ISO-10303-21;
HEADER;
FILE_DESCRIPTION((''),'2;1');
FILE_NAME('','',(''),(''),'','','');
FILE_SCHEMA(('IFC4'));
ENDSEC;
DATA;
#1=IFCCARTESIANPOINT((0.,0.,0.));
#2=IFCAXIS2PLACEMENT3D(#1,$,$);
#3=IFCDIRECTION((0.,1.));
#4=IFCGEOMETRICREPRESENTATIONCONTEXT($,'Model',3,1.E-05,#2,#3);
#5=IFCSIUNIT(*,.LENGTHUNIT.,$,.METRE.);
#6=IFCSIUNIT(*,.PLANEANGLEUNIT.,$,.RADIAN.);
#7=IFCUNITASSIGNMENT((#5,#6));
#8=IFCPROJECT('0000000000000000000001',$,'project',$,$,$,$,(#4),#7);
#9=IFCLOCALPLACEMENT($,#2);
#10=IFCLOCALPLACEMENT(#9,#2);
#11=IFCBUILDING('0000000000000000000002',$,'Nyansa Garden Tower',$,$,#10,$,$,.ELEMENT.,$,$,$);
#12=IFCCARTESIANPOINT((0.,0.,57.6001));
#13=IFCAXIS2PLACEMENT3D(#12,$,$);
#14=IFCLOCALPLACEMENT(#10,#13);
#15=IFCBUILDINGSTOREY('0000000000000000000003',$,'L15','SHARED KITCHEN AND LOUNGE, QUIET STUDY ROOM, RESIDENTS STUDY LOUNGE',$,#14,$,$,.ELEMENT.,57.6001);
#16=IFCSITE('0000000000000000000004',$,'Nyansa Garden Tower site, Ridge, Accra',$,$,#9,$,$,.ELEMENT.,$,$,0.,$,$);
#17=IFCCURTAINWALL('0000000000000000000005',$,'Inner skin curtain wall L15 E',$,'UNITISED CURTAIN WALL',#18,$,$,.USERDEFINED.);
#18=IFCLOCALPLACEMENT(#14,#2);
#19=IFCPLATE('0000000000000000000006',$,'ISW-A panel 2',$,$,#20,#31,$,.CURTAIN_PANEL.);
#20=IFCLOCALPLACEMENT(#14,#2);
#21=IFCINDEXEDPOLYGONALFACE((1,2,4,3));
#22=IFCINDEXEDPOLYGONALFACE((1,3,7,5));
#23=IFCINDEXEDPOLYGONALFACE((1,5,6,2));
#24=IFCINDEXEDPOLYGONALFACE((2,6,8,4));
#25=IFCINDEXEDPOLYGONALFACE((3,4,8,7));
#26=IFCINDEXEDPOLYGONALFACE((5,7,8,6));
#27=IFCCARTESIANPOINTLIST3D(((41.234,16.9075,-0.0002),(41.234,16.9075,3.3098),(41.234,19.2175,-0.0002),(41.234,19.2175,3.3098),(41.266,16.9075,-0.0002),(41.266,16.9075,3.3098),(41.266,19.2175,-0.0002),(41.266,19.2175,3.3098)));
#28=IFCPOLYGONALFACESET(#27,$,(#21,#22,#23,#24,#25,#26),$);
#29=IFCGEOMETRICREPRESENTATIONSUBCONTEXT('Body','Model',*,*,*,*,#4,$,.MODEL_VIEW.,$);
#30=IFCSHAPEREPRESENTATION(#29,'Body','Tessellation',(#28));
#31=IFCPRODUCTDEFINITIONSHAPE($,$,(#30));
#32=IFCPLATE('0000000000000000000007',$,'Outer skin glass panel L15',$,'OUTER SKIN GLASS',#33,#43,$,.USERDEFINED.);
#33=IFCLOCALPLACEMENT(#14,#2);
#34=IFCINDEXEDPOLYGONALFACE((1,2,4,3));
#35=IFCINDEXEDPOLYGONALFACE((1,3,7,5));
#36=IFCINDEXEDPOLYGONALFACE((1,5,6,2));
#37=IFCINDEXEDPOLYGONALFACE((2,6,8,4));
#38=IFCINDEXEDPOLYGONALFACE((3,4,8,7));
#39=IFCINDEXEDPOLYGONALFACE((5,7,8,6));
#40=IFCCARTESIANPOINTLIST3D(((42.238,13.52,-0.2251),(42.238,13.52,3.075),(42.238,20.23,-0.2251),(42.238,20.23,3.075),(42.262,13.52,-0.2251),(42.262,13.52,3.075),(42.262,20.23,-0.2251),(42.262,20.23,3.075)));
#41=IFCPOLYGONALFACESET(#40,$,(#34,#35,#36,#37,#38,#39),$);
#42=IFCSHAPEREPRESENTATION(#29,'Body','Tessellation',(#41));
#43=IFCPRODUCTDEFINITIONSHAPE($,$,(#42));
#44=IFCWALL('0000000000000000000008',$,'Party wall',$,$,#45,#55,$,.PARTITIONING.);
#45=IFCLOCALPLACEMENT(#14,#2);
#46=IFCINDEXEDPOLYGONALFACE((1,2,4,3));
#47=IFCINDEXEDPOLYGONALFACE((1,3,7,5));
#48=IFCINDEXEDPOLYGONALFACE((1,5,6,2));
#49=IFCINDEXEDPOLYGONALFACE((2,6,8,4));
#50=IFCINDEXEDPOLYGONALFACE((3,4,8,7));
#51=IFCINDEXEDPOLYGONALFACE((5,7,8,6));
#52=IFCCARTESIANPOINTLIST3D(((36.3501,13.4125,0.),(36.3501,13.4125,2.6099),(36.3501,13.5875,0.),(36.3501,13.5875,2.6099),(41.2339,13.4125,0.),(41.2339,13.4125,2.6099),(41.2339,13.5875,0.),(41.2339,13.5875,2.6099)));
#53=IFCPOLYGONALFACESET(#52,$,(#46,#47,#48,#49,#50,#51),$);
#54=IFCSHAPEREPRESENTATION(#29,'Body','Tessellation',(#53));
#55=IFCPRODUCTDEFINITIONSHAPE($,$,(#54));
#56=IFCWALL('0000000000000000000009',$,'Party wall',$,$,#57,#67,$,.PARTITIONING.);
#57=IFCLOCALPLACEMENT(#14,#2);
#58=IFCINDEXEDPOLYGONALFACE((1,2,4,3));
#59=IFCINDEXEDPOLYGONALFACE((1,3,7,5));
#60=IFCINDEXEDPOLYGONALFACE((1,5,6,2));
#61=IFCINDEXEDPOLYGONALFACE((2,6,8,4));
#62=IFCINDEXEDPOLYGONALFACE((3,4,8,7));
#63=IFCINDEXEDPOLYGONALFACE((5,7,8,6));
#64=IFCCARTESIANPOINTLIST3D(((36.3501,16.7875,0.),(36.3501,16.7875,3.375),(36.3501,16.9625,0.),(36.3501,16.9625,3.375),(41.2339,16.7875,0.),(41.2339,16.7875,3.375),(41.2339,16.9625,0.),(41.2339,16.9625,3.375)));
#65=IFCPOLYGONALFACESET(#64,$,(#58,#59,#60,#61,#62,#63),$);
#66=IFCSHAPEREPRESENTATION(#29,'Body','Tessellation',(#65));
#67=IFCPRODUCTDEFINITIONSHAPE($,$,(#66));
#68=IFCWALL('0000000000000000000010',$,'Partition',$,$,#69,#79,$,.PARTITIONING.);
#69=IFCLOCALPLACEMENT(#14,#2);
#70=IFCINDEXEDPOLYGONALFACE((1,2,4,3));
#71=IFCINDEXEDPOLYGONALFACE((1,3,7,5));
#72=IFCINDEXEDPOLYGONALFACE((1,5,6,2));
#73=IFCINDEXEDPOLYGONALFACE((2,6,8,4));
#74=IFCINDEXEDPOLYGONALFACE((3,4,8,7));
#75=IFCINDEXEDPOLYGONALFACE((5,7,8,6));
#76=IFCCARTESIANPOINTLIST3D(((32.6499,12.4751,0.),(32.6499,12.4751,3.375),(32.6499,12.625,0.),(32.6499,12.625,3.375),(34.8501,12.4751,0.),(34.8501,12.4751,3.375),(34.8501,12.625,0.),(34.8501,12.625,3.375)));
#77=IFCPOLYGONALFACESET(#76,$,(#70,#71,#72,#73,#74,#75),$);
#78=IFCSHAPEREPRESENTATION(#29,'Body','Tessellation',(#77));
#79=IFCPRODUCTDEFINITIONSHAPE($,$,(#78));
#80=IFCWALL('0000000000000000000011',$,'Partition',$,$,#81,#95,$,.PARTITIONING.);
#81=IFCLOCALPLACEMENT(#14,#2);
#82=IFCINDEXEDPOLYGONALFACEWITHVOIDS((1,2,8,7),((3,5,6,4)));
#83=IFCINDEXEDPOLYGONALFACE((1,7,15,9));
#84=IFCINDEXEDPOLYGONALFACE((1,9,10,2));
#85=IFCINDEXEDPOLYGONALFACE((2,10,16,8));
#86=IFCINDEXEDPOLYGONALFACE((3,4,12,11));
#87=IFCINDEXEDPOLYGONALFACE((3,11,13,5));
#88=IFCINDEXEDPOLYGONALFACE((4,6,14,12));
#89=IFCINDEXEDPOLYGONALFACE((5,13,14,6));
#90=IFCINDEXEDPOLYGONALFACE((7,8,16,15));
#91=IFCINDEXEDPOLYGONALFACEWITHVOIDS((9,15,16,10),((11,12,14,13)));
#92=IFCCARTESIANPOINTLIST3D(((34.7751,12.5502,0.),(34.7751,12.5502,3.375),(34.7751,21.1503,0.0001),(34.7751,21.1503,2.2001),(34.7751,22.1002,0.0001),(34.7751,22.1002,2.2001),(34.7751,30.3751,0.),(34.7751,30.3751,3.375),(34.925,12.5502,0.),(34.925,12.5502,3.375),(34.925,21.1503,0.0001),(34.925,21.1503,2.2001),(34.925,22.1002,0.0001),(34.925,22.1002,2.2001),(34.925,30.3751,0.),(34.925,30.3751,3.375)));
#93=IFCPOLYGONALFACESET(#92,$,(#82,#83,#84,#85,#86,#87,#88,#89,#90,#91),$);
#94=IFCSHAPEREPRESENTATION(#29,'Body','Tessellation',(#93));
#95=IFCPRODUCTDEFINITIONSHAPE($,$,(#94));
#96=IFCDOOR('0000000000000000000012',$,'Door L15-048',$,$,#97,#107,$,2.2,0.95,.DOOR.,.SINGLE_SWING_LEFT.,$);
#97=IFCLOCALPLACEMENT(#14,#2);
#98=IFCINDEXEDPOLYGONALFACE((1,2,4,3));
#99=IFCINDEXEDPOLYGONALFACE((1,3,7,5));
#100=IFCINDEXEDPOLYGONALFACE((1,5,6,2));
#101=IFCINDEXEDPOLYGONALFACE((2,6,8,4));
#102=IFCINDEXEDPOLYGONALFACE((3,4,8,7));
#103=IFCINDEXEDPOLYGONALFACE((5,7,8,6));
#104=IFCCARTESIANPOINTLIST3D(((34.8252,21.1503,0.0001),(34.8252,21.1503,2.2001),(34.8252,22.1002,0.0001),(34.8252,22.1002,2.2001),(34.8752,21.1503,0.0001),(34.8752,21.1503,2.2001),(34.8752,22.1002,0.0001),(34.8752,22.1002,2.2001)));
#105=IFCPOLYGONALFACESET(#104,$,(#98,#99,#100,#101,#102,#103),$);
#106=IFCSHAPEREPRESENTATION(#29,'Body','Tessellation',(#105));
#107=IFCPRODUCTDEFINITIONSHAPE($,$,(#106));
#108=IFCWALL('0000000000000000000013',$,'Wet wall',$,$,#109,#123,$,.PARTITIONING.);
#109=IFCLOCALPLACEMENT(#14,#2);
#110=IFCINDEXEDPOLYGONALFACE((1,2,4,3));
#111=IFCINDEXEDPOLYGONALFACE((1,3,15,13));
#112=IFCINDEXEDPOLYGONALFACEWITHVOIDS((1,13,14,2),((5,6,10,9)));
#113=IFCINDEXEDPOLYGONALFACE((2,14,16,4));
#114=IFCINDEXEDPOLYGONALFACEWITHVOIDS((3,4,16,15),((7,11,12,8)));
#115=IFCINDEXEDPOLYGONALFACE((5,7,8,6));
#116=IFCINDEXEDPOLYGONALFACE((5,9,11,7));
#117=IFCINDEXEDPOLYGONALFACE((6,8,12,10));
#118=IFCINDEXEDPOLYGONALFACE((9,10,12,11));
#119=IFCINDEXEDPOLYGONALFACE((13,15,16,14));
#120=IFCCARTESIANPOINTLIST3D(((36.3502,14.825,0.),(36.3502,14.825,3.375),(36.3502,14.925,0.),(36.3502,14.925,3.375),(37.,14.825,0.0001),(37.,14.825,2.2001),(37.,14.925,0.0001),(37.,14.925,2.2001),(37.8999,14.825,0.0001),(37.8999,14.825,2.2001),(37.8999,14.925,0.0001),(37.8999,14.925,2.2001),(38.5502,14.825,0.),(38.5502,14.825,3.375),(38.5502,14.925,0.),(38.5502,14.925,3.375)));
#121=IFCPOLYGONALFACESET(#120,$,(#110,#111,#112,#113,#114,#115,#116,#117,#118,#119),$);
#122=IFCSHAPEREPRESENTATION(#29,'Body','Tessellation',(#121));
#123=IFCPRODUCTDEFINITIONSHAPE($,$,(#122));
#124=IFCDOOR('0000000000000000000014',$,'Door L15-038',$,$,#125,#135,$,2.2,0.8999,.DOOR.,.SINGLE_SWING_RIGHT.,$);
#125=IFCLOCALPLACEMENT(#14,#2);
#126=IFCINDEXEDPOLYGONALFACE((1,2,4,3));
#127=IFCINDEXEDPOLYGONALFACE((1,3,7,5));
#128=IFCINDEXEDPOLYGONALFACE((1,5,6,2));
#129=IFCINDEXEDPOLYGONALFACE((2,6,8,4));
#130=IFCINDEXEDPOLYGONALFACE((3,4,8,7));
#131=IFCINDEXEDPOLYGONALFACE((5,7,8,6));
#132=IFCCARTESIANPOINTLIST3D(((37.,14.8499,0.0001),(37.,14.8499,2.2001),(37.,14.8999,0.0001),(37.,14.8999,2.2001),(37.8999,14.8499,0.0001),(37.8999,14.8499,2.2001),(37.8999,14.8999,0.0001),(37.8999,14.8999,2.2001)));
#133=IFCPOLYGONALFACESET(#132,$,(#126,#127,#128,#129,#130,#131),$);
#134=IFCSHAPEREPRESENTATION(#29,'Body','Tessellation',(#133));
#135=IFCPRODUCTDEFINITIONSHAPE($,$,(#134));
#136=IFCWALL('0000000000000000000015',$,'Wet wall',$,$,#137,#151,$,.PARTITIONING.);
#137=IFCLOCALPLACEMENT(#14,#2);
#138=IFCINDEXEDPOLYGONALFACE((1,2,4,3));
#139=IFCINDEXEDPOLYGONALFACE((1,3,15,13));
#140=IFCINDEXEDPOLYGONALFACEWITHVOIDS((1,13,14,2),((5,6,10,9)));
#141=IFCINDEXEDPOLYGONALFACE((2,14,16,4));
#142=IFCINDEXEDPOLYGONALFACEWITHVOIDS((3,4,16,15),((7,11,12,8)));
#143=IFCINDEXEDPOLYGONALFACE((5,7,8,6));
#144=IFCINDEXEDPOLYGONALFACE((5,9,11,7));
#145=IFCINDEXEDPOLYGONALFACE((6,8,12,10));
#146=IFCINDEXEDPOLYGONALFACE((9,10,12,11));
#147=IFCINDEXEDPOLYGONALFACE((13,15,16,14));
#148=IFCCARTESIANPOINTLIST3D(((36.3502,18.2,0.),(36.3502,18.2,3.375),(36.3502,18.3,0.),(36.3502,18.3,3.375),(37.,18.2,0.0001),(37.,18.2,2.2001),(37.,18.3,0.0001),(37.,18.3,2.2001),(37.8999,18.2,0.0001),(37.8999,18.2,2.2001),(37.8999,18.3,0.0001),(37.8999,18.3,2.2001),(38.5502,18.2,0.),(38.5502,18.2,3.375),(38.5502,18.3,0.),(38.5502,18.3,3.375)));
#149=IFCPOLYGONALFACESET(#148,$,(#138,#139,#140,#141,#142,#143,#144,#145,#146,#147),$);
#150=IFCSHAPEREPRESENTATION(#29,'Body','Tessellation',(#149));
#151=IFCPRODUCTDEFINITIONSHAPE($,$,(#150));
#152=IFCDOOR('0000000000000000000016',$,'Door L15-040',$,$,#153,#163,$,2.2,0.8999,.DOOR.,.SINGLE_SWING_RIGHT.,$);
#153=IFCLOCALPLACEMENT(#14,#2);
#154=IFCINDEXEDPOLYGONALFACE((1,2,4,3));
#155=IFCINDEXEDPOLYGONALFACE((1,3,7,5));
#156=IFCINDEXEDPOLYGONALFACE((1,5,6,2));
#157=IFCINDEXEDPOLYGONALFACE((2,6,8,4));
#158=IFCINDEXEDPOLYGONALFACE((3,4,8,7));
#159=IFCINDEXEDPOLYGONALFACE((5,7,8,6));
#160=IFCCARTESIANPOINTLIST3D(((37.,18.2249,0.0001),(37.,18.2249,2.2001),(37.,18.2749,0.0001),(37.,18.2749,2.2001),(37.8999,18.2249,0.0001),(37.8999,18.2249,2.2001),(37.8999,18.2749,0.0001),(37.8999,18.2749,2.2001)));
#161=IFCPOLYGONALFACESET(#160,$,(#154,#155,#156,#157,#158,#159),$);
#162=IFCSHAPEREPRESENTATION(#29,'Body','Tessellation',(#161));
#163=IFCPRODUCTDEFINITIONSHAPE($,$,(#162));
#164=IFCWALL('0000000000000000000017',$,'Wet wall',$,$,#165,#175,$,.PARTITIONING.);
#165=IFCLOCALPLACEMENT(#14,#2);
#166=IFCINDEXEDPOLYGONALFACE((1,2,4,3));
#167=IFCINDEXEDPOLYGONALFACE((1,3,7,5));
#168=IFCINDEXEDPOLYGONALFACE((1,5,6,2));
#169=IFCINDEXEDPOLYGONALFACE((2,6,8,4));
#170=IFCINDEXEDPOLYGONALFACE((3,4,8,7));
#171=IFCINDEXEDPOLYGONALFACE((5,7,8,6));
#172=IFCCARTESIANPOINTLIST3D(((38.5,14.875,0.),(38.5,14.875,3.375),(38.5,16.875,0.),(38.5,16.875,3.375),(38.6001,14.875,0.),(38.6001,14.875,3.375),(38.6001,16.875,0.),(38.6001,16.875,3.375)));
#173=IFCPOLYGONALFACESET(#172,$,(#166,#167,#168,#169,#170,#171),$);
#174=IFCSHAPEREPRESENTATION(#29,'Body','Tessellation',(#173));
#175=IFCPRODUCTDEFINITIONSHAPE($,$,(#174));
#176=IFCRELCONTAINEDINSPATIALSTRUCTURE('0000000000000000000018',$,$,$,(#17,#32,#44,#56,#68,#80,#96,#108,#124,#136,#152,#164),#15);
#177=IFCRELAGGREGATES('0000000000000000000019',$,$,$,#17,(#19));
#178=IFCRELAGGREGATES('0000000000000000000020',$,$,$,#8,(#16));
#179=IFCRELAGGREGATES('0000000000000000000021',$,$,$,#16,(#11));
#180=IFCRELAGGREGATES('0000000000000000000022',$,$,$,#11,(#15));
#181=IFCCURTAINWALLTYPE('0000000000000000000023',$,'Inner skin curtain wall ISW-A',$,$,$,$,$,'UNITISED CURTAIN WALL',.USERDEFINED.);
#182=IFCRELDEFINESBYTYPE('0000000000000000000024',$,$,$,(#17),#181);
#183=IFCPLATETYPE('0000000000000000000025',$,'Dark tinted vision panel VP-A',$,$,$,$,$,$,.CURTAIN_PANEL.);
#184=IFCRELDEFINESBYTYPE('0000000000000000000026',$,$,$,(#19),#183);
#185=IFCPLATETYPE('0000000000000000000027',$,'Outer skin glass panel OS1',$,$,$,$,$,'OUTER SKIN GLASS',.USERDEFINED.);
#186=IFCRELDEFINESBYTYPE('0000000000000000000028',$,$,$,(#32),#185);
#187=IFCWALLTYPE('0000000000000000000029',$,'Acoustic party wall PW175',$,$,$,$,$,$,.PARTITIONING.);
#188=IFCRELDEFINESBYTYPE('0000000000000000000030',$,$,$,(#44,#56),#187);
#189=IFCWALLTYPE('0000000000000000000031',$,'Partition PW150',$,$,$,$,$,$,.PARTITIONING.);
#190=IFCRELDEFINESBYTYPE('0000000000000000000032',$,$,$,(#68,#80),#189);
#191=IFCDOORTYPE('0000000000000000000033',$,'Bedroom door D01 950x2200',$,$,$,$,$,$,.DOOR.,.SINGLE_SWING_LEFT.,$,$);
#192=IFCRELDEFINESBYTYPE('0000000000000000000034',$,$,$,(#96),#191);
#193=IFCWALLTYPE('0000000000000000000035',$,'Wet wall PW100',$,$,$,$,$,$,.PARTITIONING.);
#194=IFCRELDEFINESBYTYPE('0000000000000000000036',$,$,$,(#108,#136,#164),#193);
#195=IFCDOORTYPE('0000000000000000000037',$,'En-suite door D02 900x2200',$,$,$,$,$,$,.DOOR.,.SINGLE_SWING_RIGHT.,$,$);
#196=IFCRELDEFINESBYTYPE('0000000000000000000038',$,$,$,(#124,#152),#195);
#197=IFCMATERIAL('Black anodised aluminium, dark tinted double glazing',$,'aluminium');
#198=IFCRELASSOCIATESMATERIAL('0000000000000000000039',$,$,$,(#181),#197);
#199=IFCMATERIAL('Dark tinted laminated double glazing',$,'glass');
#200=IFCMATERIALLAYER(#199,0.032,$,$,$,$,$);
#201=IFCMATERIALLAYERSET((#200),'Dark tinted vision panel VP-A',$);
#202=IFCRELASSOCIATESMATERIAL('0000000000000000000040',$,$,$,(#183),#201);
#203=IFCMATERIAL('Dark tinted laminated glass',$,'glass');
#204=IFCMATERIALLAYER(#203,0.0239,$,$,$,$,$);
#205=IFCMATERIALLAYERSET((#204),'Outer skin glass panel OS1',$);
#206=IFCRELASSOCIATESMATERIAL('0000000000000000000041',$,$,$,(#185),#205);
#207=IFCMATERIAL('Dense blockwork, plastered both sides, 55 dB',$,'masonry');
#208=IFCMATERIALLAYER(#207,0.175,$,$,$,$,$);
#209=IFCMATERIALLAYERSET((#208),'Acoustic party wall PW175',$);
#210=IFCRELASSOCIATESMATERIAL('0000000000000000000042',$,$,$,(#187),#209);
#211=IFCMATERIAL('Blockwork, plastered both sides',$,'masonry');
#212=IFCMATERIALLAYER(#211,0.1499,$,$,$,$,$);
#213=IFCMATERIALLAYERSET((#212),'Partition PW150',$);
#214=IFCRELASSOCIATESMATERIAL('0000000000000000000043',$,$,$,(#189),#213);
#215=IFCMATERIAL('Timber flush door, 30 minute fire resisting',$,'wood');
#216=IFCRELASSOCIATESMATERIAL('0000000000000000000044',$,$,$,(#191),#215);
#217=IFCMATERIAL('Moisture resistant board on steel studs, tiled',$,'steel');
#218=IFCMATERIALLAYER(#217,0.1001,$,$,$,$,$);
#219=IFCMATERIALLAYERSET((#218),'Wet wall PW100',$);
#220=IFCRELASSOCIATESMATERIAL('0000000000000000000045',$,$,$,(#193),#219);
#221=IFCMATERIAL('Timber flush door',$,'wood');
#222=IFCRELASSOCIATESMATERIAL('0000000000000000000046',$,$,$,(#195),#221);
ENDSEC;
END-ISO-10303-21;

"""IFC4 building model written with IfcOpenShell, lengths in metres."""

from ifc_helpers import new_model, si_unit, direction, frame, frame_2d, origin, origin_2d, place, context, subcontext, project, spatial, rectangle, extrude, material, layer, layer_set, type_object, element, fill, aggregate, save


model = new_model("IFC4")

# Units and contexts
model_context = context("Model", 3, precision=1e-05, world=origin(), true_north=direction((0.0, 1.0)))
body_context = subcontext(model_context, "Body", "Model", "MODEL_VIEW")
ifc_project = project(units=[si_unit("LENGTHUNIT", "METRE"), si_unit("PLANEANGLEUNIT", "RADIAN")], contexts=[model_context])

# Site, building, storey
site_placement = place(None, origin())
site = spatial("IfcSite", under=ifc_project, at=site_placement, Name="Nyansa Garden Tower site, Ridge, Accra", CompositionType="ELEMENT", RefElevation=0.0)
building_placement = place(site_placement, origin())
building = spatial("IfcBuilding", under=site, at=building_placement, Name="Nyansa Garden Tower", CompositionType="ELEMENT")
storey_placement = place(building_placement, frame((0.0, 0.0, 57.6001)))
storey = spatial("IfcBuildingStorey", under=building, at=storey_placement, Name="L15", Description="SHARED KITCHEN AND LOUNGE, QUIET STUDY ROOM, RESIDENTS STUDY LOUNGE", CompositionType="ELEMENT", Elevation=57.6001)

# Shared definitions
ifc_material_1 = material(Name="Black anodised aluminium, dark tinted double glazing", Category="aluminium")
curtain_wall_type = type_object("IfcCurtainWallType", Name="Inner skin curtain wall ISW-A", ElementType="UNITISED CURTAIN WALL", PredefinedType="USERDEFINED", material=ifc_material_1)

# Curtain wall
curtain_wall_1_placement = place(storey_placement, origin())
curtain_wall_1 = element("IfcCurtainWall", 1, at=curtain_wall_1_placement, inside=storey, type_object=curtain_wall_type, Name="Inner skin curtain wall L15 E", ObjectType="UNITISED CURTAIN WALL", PredefinedType="USERDEFINED")

# Plates
ifc_material_2 = material(Name="Dark tinted laminated double glazing", Category="glass")
ifc_layer_1 = layer(ifc_material_2, 0.032)
ifc_layer_set_1 = layer_set([ifc_layer_1], Name="Dark tinted vision panel VP-A")
plate_type_1 = type_object("IfcPlateType", Name="Dark tinted vision panel VP-A", PredefinedType="CURTAIN_PANEL", material=ifc_layer_set_1)
plate_1_placement = place(storey_placement, frame((41.25, 18.0625, -0.0002), z_axis=(0.0, 0.0, 1.0), x_axis=(0.0, 1.0, 0.0)))
plate_1 = element("IfcPlate", 2, at=plate_1_placement, type_object=plate_type_1, Name="ISW-A panel 2", PredefinedType="CURTAIN_PANEL", context=body_context, shape_type="SweptSolid", body=[
    extrude(rectangle(XDim=2.3101, YDim=0.032, at=origin_2d()), origin(), (0.0, 0.0, 1.0), 3.3101),
])
aggregate(curtain_wall_1, [plate_1])
ifc_material_3 = material(Name="Dark tinted laminated glass", Category="glass")
ifc_layer_2 = layer(ifc_material_3, 0.0239)
ifc_layer_set_2 = layer_set([ifc_layer_2], Name="Outer skin glass panel OS1")
plate_type_2 = type_object("IfcPlateType", Name="Outer skin glass panel OS1", ElementType="OUTER SKIN GLASS", PredefinedType="USERDEFINED", material=ifc_layer_set_2)
plate_2_placement = place(storey_placement, frame((42.25, 16.875, -0.2251), z_axis=(0.0, 0.0, 1.0), x_axis=(0.0, 1.0, 0.0)))
element("IfcPlate", 3, at=plate_2_placement, inside=storey, type_object=plate_type_2, Name="Outer skin glass panel L15", ObjectType="OUTER SKIN GLASS", PredefinedType="USERDEFINED", context=body_context, shape_type="SweptSolid", body=[
    extrude(rectangle(XDim=6.71, YDim=0.0239, at=origin_2d()), origin(), (0.0, 0.0, 1.0), 3.3),
])

# Walls
ifc_material_4 = material(Name="Dense blockwork, plastered both sides, 55 dB", Category="masonry")
ifc_layer_3 = layer(ifc_material_4, 0.175)
ifc_layer_set_3 = layer_set([ifc_layer_3], Name="Acoustic party wall PW175")
wall_type_1 = type_object("IfcWallType", Name="Acoustic party wall PW175", PredefinedType="PARTITIONING", material=ifc_layer_set_3)
wall_1_placement = place(storey_placement, frame((36.3501, 13.5, 0.0), z_axis=(0.0, 0.0, 1.0), x_axis=(1.0, 0.0, 0.0)))
element("IfcWall", 4, at=wall_1_placement, inside=storey, type_object=wall_type_1, Name="Party wall", PredefinedType="PARTITIONING", context=body_context, shape_type="SweptSolid", body=[
    extrude(rectangle(XDim=4.8838, YDim=0.175, at=frame_2d((2.4419, 0.0))), origin(), (0.0, 0.0, 1.0), 2.6099),
])
wall_2_placement = place(storey_placement, frame((36.3501, 16.875, 0.0), z_axis=(0.0, 0.0, 1.0), x_axis=(1.0, 0.0, 0.0)))
element("IfcWall", 5, at=wall_2_placement, inside=storey, type_object=wall_type_1, Name="Party wall", PredefinedType="PARTITIONING", context=body_context, shape_type="SweptSolid", body=[
    extrude(rectangle(XDim=4.8838, YDim=0.175, at=frame_2d((2.4419, 0.0))), origin(), (0.0, 0.0, 1.0), 3.375),
])
ifc_material_5 = material(Name="Blockwork, plastered both sides", Category="masonry")
ifc_layer_4 = layer(ifc_material_5, 0.1499)
ifc_layer_set_4 = layer_set([ifc_layer_4], Name="Partition PW150")
wall_type_2 = type_object("IfcWallType", Name="Partition PW150", PredefinedType="PARTITIONING", material=ifc_layer_set_4)
wall_3_placement = place(storey_placement, frame((32.6499, 12.55, 0.0), z_axis=(0.0, 0.0, 1.0), x_axis=(1.0, 0.0, 0.0)))
element("IfcWall", 6, at=wall_3_placement, inside=storey, type_object=wall_type_2, Name="Partition", PredefinedType="PARTITIONING", context=body_context, shape_type="SweptSolid", body=[
    extrude(rectangle(XDim=2.2002, YDim=0.1499, at=frame_2d((1.1001, 0.0))), origin(), (0.0, 0.0, 1.0), 3.375),
])

# Walls, openings, doors
wall_4_placement = place(storey_placement, frame((34.8501, 12.55, 0.0), z_axis=(0.0, 0.0, 1.0), x_axis=(0.0, 1.0, 0.0)))
wall_4 = element("IfcWall", 7, at=wall_4_placement, inside=storey, type_object=wall_type_2, Name="Partition", PredefinedType="PARTITIONING", context=body_context, shape_type="SweptSolid", body=[
    extrude(rectangle(XDim=17.825, YDim=0.1499, at=frame_2d((8.9126, 0.0))), origin(), (0.0, 0.0, 1.0), 3.375),
])
opening_1_placement = place(wall_4_placement, frame((8.6001, 0.0, 0.0)))
opening_1 = element("IfcOpeningElement", 8, at=opening_1_placement, cuts=wall_4, PredefinedType="OPENING", context=body_context, shape_type="SweptSolid", body=[
    extrude(rectangle(XDim=0.95, YDim=2.2, at=frame_2d((0.4751, 1.1001))), frame((0.0, 0.085, 0.0), z_axis=(0.0, -1.0, 0.0), x_axis=(1.0, 0.0, 0.0)), (0.0, 0.0, 1.0), 0.1699),
])
ifc_material_6 = material(Name="Timber flush door, 30 minute fire resisting", Category="wood")
door_type_1 = type_object("IfcDoorType", Name="Bedroom door D01 950x2200", OperationType="SINGLE_SWING_LEFT", PredefinedType="DOOR", material=ifc_material_6)
door_1_placement = place(opening_1_placement, origin())
door_1 = element("IfcDoor", 9, at=door_1_placement, inside=storey, type_object=door_type_1, Name="Door L15-048", OperationType="SINGLE_SWING_LEFT", OverallHeight=2.2, OverallWidth=0.95, PredefinedType="DOOR", context=body_context, shape_type="SweptSolid", body=[
    extrude(rectangle(XDim=0.95, YDim=2.2, at=frame_2d((0.4751, 1.1001))), frame((0.0, 0.0249, 0.0), z_axis=(0.0, -1.0, 0.0), x_axis=(1.0, 0.0, 0.0)), (0.0, 0.0, 1.0), 0.05),
])
fill(opening_1, door_1)
ifc_material_7 = material(Name="Moisture resistant board on steel studs, tiled", Category="steel")
ifc_layer_5 = layer(ifc_material_7, 0.1001)
ifc_layer_set_5 = layer_set([ifc_layer_5], Name="Wet wall PW100")
wall_type_3 = type_object("IfcWallType", Name="Wet wall PW100", PredefinedType="PARTITIONING", material=ifc_layer_set_5)
wall_5_placement = place(storey_placement, frame((36.3501, 14.875, 0.0), z_axis=(0.0, 0.0, 1.0), x_axis=(1.0, 0.0, 0.0)))
wall_5 = element("IfcWall", 10, at=wall_5_placement, inside=storey, type_object=wall_type_3, Name="Wet wall", PredefinedType="PARTITIONING", context=body_context, shape_type="SweptSolid", body=[
    extrude(rectangle(XDim=2.2, YDim=0.1001, at=frame_2d((1.1001, 0.0))), origin(), (0.0, 0.0, 1.0), 3.375),
])
opening_2_placement = place(wall_5_placement, frame((0.6499, 0.0, 0.0)))
opening_2 = element("IfcOpeningElement", 11, at=opening_2_placement, cuts=wall_5, PredefinedType="OPENING", context=body_context, shape_type="SweptSolid", body=[
    extrude(rectangle(XDim=0.8999, YDim=2.2, at=frame_2d((0.45, 1.1001))), frame((0.0, 0.0601, 0.0), z_axis=(0.0, -1.0, 0.0), x_axis=(1.0, 0.0, 0.0)), (0.0, 0.0, 1.0), 0.1201),
])
ifc_material_8 = material(Name="Timber flush door", Category="wood")
door_type_2 = type_object("IfcDoorType", Name="En-suite door D02 900x2200", OperationType="SINGLE_SWING_RIGHT", PredefinedType="DOOR", material=ifc_material_8)
door_2_placement = place(opening_2_placement, origin())
door_2 = element("IfcDoor", 12, at=door_2_placement, inside=storey, type_object=door_type_2, Name="Door L15-038", OperationType="SINGLE_SWING_RIGHT", OverallHeight=2.2, OverallWidth=0.8999, PredefinedType="DOOR", context=body_context, shape_type="SweptSolid", body=[
    extrude(rectangle(XDim=0.8999, YDim=2.2, at=frame_2d((0.45, 1.1001))), frame((0.0, 0.0249, 0.0), z_axis=(0.0, -1.0, 0.0), x_axis=(1.0, 0.0, 0.0)), (0.0, 0.0, 1.0), 0.05),
])
fill(opening_2, door_2)
wall_6_placement = place(storey_placement, frame((36.3501, 18.25, 0.0), z_axis=(0.0, 0.0, 1.0), x_axis=(1.0, 0.0, 0.0)))
wall_6 = element("IfcWall", 13, at=wall_6_placement, inside=storey, type_object=wall_type_3, Name="Wet wall", PredefinedType="PARTITIONING", context=body_context, shape_type="SweptSolid", body=[
    extrude(rectangle(XDim=2.2, YDim=0.1001, at=frame_2d((1.1001, 0.0))), origin(), (0.0, 0.0, 1.0), 3.375),
])
opening_3_placement = place(wall_6_placement, frame((0.6499, 0.0, 0.0)))
opening_3 = element("IfcOpeningElement", 14, at=opening_3_placement, cuts=wall_6, PredefinedType="OPENING", context=body_context, shape_type="SweptSolid", body=[
    extrude(rectangle(XDim=0.8999, YDim=2.2, at=frame_2d((0.45, 1.1001))), frame((0.0, 0.0601, 0.0), z_axis=(0.0, -1.0, 0.0), x_axis=(1.0, 0.0, 0.0)), (0.0, 0.0, 1.0), 0.1201),
])
door_3_placement = place(opening_3_placement, origin())
door_3 = element("IfcDoor", 15, at=door_3_placement, inside=storey, type_object=door_type_2, Name="Door L15-040", OperationType="SINGLE_SWING_RIGHT", OverallHeight=2.2, OverallWidth=0.8999, PredefinedType="DOOR", context=body_context, shape_type="SweptSolid", body=[
    extrude(rectangle(XDim=0.8999, YDim=2.2, at=frame_2d((0.45, 1.1001))), frame((0.0, 0.0249, 0.0), z_axis=(0.0, -1.0, 0.0), x_axis=(1.0, 0.0, 0.0)), (0.0, 0.0, 1.0), 0.05),
])
fill(opening_3, door_3)

# Wall
for number, where, z_axis, x_axis, name in (
    (16, (38.55, 14.875, 0.0), (0.0, 0.0, 1.0), (0.0, 1.0, 0.0), "Wet wall"),
):
    element("IfcWall", number, at=place(storey_placement, frame(where, z_axis=z_axis, x_axis=x_axis)), inside=storey, type_object=wall_type_3, Name=name, PredefinedType="PARTITIONING", context=body_context, shape_type="SweptSolid", body=[
        extrude(rectangle(XDim=2.0, YDim=0.1001, at=frame_2d((1.0, 0.0))), origin(), (0.0, 0.0, 1.0), 3.375),
    ])

save(model, "model.ifc")
